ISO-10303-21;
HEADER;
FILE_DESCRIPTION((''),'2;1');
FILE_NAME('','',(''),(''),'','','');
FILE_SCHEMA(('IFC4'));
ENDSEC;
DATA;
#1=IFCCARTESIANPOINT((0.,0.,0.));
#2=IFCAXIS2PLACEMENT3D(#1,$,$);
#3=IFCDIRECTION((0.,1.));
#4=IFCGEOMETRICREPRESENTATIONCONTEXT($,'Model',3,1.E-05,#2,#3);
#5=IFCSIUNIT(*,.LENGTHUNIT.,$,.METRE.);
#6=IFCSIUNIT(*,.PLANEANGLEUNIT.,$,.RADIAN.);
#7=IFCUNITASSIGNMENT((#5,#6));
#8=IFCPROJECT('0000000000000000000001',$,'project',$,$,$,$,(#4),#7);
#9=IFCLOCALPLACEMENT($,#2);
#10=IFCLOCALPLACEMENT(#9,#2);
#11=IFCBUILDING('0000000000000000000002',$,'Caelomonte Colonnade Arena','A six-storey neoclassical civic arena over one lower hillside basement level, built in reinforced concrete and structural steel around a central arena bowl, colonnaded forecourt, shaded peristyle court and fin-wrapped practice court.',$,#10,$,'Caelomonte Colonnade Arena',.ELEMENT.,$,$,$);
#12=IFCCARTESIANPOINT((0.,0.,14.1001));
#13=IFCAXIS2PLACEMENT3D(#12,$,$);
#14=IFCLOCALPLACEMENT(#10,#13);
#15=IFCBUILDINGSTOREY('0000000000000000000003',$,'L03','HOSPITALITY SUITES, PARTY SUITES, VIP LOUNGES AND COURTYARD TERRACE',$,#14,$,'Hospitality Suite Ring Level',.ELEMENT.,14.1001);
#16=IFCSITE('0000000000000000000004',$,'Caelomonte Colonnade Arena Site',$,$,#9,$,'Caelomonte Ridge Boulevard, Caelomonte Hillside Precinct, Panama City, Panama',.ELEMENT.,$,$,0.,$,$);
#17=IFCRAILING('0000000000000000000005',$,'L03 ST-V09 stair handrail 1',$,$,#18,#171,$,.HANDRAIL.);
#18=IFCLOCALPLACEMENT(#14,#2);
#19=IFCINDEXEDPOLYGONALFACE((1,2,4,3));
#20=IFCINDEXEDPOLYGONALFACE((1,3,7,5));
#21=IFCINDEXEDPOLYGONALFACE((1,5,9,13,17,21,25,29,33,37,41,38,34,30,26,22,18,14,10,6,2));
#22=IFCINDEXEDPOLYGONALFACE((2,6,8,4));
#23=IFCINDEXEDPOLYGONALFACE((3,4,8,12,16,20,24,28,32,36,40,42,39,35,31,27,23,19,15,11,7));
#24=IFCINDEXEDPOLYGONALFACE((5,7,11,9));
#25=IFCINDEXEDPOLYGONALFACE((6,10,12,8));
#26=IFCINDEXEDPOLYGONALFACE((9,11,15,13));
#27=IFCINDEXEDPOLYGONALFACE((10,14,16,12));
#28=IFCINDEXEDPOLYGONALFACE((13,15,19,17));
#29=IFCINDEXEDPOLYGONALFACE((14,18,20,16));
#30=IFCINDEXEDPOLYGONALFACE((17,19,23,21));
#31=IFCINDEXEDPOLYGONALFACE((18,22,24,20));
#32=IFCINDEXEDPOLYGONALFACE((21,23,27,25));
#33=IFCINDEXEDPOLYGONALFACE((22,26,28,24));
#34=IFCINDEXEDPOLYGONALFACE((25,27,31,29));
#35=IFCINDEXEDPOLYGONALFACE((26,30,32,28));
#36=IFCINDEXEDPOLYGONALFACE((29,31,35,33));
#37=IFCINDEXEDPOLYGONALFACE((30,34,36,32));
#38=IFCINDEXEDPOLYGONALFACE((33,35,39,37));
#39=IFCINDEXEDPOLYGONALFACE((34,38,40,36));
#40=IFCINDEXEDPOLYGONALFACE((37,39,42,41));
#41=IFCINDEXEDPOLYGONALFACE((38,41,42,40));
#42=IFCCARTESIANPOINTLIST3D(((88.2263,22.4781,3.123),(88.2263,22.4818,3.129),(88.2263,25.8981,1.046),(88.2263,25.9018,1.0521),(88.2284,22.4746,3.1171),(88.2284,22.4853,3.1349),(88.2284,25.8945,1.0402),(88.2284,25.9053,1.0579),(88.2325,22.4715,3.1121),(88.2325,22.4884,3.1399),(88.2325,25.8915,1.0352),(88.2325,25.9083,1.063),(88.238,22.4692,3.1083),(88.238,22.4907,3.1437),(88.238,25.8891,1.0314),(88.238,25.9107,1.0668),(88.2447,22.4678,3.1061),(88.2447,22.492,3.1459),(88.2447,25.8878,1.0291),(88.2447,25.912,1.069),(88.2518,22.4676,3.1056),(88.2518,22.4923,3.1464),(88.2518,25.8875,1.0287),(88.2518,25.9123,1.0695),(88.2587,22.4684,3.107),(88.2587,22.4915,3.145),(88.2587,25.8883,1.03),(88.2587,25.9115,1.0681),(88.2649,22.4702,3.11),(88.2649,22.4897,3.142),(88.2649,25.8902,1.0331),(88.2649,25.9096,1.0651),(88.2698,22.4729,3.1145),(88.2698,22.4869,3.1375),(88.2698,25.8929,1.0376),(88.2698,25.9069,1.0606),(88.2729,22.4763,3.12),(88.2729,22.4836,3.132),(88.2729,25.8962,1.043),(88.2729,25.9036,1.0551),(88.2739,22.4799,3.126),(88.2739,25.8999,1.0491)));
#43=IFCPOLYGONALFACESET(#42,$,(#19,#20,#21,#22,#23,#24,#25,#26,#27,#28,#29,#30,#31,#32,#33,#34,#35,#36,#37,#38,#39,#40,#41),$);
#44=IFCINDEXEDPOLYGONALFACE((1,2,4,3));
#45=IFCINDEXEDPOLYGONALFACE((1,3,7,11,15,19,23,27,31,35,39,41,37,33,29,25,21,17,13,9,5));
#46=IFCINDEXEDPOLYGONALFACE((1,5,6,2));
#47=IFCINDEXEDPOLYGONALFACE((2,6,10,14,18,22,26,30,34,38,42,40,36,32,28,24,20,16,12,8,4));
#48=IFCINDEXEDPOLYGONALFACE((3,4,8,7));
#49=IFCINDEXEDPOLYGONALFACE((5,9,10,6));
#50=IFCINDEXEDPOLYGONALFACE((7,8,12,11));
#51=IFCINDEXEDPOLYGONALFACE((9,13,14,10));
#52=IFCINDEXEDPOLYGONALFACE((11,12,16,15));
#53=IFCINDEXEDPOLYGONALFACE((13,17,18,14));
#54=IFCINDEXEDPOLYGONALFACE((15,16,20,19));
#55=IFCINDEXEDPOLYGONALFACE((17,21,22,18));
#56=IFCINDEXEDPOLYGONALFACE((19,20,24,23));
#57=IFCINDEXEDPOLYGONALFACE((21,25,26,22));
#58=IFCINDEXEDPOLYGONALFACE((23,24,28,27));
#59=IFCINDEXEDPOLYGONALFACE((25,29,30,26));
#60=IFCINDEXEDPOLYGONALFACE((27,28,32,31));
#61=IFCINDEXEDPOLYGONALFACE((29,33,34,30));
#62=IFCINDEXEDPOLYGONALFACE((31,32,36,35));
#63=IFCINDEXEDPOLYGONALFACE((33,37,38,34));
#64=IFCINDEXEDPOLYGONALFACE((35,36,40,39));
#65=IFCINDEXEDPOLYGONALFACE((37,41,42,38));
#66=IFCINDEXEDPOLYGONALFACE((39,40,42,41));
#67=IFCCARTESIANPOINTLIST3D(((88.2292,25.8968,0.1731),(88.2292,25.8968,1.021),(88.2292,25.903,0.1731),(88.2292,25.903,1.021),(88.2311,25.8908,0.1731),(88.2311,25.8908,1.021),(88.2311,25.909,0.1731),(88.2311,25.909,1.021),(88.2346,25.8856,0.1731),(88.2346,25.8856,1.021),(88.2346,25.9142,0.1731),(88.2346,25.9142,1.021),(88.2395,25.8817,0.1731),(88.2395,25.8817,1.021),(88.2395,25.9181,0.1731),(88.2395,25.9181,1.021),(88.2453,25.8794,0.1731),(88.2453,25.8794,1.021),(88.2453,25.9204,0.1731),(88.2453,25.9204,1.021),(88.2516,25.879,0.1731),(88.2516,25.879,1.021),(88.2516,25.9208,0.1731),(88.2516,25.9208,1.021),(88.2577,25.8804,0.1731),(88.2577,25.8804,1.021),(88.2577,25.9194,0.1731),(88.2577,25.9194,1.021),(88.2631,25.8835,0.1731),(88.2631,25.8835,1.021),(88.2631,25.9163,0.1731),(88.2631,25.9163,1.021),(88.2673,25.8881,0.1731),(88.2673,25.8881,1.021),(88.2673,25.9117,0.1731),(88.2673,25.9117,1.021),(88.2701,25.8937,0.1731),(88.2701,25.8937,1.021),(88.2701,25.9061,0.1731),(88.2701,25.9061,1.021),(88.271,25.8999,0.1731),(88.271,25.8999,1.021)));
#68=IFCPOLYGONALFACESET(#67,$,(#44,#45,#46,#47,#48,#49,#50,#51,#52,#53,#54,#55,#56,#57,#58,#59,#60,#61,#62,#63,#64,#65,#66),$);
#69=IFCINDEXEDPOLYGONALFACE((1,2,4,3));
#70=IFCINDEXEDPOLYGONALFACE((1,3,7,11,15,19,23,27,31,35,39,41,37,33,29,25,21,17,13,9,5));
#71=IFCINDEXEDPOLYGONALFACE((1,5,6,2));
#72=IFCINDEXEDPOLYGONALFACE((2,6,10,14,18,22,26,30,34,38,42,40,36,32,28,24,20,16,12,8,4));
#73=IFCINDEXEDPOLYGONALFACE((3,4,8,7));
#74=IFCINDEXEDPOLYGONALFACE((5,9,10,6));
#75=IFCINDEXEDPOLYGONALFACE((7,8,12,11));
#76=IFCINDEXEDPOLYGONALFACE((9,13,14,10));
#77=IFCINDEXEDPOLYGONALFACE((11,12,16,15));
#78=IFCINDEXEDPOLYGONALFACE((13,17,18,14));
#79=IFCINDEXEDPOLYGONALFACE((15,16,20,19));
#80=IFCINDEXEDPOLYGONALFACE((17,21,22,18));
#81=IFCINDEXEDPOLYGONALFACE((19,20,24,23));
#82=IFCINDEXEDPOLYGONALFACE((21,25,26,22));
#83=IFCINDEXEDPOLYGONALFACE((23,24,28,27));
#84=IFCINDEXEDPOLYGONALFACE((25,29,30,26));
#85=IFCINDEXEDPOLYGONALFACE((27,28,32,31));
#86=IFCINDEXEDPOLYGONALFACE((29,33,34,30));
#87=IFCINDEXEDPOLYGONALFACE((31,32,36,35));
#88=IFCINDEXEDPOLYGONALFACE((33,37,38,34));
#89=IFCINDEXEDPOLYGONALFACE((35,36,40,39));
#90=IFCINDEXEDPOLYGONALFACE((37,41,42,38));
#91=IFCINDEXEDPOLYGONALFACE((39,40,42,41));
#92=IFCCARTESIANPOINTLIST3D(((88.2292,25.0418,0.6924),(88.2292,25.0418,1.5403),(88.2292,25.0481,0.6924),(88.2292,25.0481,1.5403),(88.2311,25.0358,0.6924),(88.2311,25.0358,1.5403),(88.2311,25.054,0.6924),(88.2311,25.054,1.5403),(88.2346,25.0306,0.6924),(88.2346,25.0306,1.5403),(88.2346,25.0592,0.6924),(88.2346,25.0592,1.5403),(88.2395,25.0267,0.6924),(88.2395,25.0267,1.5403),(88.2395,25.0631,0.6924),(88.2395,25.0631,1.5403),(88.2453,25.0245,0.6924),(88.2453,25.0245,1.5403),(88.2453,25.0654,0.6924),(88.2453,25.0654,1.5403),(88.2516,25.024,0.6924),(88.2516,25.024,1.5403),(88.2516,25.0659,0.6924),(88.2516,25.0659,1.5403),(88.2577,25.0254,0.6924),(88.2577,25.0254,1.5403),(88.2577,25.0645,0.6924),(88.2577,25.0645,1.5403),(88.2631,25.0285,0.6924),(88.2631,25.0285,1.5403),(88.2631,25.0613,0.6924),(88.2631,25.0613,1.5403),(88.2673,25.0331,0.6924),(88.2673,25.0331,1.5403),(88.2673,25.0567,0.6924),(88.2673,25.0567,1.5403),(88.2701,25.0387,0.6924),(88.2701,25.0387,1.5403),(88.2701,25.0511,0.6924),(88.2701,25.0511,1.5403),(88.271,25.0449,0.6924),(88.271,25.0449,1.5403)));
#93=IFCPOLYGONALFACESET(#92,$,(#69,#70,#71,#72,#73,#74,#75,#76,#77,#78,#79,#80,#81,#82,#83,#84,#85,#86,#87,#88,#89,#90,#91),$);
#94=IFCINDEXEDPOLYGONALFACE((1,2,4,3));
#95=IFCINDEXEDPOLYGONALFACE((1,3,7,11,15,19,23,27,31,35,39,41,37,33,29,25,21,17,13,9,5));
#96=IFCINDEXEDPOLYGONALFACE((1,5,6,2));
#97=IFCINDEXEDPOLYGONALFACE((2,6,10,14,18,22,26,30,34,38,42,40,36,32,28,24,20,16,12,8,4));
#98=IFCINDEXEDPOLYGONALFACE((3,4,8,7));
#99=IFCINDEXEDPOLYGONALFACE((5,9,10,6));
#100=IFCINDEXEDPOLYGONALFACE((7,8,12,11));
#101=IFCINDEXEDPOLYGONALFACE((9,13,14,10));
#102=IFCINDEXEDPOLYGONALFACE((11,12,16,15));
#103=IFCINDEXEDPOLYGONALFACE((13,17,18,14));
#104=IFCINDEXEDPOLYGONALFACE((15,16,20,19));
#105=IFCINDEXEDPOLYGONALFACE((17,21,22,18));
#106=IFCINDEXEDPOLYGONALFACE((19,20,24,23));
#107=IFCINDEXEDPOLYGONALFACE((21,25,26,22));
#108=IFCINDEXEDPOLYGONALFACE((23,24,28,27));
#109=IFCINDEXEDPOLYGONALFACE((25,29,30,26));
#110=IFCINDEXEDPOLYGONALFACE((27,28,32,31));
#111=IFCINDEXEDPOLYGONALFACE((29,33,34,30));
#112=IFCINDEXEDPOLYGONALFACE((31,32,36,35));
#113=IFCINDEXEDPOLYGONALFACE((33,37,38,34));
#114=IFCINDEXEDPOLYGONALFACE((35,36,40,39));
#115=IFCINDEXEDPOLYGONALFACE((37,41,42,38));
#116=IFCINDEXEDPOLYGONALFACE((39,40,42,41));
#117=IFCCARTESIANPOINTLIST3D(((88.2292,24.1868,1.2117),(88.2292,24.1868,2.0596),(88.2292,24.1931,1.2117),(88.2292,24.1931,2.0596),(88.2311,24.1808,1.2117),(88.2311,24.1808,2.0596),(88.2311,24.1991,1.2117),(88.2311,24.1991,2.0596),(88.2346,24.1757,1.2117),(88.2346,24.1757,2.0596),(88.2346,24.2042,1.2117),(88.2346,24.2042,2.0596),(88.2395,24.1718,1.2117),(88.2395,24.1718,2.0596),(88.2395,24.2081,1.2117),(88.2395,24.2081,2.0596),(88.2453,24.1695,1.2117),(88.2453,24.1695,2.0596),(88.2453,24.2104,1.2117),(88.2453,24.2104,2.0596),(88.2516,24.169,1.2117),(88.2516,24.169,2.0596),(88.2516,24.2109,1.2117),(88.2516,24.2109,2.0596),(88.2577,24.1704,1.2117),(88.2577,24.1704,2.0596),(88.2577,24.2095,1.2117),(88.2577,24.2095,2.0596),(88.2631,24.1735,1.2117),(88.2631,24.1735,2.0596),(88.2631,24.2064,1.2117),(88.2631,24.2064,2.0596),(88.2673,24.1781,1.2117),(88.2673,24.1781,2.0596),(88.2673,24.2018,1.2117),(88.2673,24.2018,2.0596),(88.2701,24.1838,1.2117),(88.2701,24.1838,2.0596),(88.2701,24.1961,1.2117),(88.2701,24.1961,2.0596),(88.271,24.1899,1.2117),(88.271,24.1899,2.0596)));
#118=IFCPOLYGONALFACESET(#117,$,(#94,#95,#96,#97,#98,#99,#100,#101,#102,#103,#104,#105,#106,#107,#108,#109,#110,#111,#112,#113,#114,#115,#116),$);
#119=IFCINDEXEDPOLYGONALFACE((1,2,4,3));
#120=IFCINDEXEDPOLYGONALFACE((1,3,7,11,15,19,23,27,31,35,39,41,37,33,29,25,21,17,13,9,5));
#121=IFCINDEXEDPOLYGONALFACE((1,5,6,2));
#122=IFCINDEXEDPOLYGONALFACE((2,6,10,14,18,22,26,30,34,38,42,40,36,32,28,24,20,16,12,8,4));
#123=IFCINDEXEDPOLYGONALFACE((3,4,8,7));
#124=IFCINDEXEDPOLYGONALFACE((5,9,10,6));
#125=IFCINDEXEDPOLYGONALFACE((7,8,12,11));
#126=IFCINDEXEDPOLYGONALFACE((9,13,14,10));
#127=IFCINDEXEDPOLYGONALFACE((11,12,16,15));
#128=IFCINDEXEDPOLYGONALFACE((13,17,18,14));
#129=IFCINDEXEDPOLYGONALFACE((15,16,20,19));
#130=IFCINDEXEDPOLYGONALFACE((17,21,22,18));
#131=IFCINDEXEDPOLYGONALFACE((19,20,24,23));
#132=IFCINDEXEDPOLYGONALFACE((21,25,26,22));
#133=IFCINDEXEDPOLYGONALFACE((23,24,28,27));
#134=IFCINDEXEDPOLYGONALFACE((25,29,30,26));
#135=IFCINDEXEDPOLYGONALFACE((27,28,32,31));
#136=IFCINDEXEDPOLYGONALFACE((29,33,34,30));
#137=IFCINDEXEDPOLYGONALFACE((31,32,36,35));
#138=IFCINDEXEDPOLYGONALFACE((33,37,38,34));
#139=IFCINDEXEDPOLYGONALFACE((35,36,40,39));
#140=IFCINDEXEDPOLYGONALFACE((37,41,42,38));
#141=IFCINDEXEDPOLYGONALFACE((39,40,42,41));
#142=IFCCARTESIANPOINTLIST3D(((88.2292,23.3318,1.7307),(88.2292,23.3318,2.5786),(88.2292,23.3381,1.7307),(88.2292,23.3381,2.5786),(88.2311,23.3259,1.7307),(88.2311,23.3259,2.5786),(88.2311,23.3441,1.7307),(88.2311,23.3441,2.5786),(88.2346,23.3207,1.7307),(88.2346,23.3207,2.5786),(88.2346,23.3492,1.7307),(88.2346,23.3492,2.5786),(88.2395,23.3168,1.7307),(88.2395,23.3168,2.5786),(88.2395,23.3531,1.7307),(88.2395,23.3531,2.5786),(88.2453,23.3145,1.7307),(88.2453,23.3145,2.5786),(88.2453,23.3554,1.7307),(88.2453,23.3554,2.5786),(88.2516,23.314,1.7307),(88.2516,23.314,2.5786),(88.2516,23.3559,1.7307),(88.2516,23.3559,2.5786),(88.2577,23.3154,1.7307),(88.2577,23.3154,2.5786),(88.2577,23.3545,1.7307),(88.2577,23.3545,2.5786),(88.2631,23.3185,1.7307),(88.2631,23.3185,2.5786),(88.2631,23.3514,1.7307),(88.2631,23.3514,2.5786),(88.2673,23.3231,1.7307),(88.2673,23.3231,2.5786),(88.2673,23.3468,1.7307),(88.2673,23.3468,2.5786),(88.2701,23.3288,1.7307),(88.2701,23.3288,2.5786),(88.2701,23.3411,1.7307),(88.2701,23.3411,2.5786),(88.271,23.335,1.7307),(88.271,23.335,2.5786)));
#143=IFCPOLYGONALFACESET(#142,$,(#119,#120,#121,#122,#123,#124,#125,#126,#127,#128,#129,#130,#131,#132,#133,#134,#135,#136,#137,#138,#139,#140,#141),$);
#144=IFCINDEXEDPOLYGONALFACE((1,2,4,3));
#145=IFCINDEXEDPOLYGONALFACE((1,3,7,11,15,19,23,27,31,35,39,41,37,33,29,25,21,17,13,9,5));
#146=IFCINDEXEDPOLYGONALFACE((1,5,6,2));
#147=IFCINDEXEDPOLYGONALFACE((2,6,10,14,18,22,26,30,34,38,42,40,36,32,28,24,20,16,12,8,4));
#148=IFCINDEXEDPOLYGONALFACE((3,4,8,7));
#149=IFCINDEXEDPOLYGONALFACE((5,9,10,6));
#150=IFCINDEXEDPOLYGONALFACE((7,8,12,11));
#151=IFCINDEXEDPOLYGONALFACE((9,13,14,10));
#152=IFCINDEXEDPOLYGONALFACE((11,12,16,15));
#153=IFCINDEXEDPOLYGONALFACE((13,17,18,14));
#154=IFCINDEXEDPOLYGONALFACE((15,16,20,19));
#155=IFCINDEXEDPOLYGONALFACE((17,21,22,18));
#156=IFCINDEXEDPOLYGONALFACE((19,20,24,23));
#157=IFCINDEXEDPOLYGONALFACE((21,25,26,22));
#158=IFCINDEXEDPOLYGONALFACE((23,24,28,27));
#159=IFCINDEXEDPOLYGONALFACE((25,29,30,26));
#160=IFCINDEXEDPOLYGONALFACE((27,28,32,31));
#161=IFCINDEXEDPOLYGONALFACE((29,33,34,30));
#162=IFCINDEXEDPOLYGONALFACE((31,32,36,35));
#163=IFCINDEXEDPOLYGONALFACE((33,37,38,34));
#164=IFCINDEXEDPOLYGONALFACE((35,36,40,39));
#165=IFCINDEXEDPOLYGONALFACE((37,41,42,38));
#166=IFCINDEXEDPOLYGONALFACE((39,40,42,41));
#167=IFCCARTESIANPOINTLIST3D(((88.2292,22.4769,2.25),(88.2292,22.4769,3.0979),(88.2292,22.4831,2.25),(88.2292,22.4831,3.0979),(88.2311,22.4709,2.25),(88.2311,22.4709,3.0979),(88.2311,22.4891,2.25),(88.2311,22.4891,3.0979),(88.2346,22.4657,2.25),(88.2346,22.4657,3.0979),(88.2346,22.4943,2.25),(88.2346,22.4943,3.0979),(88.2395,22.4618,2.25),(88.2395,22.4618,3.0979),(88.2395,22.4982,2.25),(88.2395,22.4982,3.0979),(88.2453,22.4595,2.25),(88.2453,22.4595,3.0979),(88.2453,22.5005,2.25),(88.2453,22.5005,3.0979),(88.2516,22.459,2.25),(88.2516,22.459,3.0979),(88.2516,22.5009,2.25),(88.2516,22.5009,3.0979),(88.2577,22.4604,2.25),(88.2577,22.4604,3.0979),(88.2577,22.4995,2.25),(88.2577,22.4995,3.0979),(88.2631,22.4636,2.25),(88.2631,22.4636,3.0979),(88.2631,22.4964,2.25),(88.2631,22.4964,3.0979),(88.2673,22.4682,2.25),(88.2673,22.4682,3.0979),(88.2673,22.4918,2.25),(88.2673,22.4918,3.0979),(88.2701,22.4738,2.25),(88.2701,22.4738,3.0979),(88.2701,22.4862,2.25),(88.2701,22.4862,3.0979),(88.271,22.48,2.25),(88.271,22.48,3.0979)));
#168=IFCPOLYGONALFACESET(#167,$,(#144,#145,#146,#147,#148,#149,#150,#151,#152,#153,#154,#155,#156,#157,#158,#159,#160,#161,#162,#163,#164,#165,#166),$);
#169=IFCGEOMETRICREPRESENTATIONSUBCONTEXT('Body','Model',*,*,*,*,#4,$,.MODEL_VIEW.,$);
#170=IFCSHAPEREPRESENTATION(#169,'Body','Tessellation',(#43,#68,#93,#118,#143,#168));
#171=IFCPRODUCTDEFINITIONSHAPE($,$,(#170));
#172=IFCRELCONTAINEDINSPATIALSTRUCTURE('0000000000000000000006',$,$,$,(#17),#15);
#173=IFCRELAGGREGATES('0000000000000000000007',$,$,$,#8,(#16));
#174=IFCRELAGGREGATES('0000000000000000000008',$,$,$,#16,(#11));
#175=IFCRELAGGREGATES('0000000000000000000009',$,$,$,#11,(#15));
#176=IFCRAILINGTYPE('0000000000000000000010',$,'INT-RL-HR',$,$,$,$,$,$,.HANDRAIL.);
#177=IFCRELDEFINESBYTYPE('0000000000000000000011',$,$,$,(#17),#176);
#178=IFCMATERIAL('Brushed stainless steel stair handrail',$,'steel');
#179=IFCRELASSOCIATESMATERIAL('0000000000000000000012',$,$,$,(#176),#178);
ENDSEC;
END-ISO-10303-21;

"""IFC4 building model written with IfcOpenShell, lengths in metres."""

from ifc_helpers import new_model, si_unit, direction, frame, origin, origin_2d, place, context, subcontext, project, spatial, circle, extrude, material, type_object, element, save


model = new_model("IFC4")

# Units and contexts
model_context = context("Model", 3, precision=1e-05, world=origin(), true_north=direction((0.0, 1.0)))
body_context = subcontext(model_context, "Body", "Model", "MODEL_VIEW")
ifc_project = project(units=[si_unit("LENGTHUNIT", "METRE"), si_unit("PLANEANGLEUNIT", "RADIAN")], contexts=[model_context])

# Site, building, storey
site_placement = place(None, origin())
site = spatial("IfcSite", under=ifc_project, at=site_placement, Name="Caelomonte Colonnade Arena Site", LongName="Caelomonte Ridge Boulevard, Caelomonte Hillside Precinct, Panama City, Panama", CompositionType="ELEMENT", RefElevation=0.0)
building_placement = place(site_placement, origin())
building = spatial("IfcBuilding", under=site, at=building_placement, Name="Caelomonte Colonnade Arena", Description="A six-storey neoclassical civic arena over one lower hillside basement level, built in reinforced concrete and structural steel around a central arena bowl, colonnaded forecourt, shaded peristyle court and fin-wrapped practice court.", LongName="Caelomonte Colonnade Arena", CompositionType="ELEMENT")
storey_placement = place(building_placement, frame((0.0, 0.0, 14.1001)))
storey = spatial("IfcBuildingStorey", under=building, at=storey_placement, Name="L03", Description="HOSPITALITY SUITES, PARTY SUITES, VIP LOUNGES AND COURTYARD TERRACE", LongName="Hospitality Suite Ring Level", CompositionType="ELEMENT", Elevation=14.1001)

# Railing
ifc_material_1 = material(Name="Brushed stainless steel stair handrail", Category="steel")
railing_type = type_object("IfcRailingType", Name="INT-RL-HR", PredefinedType="HANDRAIL", material=ifc_material_1)
railing_placement = place(storey_placement, frame((88.25, 25.8999, 0.1731)))
element("IfcRailing", 1, at=railing_placement, inside=storey, type_object=railing_type, Name="L03 ST-V09 stair handrail 1", PredefinedType="HANDRAIL", context=body_context, shape_type="SweptSolid", body=[
    extrude(circle(Radius=0.0239, at=origin_2d()), frame((0.0, 0.0, 0.876), z_axis=(0.0, -0.85473, 0.519074), x_axis=(1.0, 0.0, 0.0)), (0.0, 0.0, 1.0), 4.0012),
    extrude(circle(Radius=0.021, at=origin_2d()), origin(), (0.0, 0.0, 1.0), 0.8479),
    extrude(circle(Radius=0.021, at=origin_2d()), frame((0.0, -0.855, 0.5193)), (0.0, 0.0, 1.0), 0.8479),
    extrude(circle(Radius=0.021, at=origin_2d()), frame((0.0, -1.71, 1.0386)), (0.0, 0.0, 1.0), 0.8479),
    extrude(circle(Radius=0.021, at=origin_2d()), frame((0.0, -2.5649, 1.5576)), (0.0, 0.0, 1.0), 0.8479),
    extrude(circle(Radius=0.021, at=origin_2d()), frame((0.0, -3.4199, 2.0769)), (0.0, 0.0, 1.0), 0.8479),
])

save(model, "model.ifc")
